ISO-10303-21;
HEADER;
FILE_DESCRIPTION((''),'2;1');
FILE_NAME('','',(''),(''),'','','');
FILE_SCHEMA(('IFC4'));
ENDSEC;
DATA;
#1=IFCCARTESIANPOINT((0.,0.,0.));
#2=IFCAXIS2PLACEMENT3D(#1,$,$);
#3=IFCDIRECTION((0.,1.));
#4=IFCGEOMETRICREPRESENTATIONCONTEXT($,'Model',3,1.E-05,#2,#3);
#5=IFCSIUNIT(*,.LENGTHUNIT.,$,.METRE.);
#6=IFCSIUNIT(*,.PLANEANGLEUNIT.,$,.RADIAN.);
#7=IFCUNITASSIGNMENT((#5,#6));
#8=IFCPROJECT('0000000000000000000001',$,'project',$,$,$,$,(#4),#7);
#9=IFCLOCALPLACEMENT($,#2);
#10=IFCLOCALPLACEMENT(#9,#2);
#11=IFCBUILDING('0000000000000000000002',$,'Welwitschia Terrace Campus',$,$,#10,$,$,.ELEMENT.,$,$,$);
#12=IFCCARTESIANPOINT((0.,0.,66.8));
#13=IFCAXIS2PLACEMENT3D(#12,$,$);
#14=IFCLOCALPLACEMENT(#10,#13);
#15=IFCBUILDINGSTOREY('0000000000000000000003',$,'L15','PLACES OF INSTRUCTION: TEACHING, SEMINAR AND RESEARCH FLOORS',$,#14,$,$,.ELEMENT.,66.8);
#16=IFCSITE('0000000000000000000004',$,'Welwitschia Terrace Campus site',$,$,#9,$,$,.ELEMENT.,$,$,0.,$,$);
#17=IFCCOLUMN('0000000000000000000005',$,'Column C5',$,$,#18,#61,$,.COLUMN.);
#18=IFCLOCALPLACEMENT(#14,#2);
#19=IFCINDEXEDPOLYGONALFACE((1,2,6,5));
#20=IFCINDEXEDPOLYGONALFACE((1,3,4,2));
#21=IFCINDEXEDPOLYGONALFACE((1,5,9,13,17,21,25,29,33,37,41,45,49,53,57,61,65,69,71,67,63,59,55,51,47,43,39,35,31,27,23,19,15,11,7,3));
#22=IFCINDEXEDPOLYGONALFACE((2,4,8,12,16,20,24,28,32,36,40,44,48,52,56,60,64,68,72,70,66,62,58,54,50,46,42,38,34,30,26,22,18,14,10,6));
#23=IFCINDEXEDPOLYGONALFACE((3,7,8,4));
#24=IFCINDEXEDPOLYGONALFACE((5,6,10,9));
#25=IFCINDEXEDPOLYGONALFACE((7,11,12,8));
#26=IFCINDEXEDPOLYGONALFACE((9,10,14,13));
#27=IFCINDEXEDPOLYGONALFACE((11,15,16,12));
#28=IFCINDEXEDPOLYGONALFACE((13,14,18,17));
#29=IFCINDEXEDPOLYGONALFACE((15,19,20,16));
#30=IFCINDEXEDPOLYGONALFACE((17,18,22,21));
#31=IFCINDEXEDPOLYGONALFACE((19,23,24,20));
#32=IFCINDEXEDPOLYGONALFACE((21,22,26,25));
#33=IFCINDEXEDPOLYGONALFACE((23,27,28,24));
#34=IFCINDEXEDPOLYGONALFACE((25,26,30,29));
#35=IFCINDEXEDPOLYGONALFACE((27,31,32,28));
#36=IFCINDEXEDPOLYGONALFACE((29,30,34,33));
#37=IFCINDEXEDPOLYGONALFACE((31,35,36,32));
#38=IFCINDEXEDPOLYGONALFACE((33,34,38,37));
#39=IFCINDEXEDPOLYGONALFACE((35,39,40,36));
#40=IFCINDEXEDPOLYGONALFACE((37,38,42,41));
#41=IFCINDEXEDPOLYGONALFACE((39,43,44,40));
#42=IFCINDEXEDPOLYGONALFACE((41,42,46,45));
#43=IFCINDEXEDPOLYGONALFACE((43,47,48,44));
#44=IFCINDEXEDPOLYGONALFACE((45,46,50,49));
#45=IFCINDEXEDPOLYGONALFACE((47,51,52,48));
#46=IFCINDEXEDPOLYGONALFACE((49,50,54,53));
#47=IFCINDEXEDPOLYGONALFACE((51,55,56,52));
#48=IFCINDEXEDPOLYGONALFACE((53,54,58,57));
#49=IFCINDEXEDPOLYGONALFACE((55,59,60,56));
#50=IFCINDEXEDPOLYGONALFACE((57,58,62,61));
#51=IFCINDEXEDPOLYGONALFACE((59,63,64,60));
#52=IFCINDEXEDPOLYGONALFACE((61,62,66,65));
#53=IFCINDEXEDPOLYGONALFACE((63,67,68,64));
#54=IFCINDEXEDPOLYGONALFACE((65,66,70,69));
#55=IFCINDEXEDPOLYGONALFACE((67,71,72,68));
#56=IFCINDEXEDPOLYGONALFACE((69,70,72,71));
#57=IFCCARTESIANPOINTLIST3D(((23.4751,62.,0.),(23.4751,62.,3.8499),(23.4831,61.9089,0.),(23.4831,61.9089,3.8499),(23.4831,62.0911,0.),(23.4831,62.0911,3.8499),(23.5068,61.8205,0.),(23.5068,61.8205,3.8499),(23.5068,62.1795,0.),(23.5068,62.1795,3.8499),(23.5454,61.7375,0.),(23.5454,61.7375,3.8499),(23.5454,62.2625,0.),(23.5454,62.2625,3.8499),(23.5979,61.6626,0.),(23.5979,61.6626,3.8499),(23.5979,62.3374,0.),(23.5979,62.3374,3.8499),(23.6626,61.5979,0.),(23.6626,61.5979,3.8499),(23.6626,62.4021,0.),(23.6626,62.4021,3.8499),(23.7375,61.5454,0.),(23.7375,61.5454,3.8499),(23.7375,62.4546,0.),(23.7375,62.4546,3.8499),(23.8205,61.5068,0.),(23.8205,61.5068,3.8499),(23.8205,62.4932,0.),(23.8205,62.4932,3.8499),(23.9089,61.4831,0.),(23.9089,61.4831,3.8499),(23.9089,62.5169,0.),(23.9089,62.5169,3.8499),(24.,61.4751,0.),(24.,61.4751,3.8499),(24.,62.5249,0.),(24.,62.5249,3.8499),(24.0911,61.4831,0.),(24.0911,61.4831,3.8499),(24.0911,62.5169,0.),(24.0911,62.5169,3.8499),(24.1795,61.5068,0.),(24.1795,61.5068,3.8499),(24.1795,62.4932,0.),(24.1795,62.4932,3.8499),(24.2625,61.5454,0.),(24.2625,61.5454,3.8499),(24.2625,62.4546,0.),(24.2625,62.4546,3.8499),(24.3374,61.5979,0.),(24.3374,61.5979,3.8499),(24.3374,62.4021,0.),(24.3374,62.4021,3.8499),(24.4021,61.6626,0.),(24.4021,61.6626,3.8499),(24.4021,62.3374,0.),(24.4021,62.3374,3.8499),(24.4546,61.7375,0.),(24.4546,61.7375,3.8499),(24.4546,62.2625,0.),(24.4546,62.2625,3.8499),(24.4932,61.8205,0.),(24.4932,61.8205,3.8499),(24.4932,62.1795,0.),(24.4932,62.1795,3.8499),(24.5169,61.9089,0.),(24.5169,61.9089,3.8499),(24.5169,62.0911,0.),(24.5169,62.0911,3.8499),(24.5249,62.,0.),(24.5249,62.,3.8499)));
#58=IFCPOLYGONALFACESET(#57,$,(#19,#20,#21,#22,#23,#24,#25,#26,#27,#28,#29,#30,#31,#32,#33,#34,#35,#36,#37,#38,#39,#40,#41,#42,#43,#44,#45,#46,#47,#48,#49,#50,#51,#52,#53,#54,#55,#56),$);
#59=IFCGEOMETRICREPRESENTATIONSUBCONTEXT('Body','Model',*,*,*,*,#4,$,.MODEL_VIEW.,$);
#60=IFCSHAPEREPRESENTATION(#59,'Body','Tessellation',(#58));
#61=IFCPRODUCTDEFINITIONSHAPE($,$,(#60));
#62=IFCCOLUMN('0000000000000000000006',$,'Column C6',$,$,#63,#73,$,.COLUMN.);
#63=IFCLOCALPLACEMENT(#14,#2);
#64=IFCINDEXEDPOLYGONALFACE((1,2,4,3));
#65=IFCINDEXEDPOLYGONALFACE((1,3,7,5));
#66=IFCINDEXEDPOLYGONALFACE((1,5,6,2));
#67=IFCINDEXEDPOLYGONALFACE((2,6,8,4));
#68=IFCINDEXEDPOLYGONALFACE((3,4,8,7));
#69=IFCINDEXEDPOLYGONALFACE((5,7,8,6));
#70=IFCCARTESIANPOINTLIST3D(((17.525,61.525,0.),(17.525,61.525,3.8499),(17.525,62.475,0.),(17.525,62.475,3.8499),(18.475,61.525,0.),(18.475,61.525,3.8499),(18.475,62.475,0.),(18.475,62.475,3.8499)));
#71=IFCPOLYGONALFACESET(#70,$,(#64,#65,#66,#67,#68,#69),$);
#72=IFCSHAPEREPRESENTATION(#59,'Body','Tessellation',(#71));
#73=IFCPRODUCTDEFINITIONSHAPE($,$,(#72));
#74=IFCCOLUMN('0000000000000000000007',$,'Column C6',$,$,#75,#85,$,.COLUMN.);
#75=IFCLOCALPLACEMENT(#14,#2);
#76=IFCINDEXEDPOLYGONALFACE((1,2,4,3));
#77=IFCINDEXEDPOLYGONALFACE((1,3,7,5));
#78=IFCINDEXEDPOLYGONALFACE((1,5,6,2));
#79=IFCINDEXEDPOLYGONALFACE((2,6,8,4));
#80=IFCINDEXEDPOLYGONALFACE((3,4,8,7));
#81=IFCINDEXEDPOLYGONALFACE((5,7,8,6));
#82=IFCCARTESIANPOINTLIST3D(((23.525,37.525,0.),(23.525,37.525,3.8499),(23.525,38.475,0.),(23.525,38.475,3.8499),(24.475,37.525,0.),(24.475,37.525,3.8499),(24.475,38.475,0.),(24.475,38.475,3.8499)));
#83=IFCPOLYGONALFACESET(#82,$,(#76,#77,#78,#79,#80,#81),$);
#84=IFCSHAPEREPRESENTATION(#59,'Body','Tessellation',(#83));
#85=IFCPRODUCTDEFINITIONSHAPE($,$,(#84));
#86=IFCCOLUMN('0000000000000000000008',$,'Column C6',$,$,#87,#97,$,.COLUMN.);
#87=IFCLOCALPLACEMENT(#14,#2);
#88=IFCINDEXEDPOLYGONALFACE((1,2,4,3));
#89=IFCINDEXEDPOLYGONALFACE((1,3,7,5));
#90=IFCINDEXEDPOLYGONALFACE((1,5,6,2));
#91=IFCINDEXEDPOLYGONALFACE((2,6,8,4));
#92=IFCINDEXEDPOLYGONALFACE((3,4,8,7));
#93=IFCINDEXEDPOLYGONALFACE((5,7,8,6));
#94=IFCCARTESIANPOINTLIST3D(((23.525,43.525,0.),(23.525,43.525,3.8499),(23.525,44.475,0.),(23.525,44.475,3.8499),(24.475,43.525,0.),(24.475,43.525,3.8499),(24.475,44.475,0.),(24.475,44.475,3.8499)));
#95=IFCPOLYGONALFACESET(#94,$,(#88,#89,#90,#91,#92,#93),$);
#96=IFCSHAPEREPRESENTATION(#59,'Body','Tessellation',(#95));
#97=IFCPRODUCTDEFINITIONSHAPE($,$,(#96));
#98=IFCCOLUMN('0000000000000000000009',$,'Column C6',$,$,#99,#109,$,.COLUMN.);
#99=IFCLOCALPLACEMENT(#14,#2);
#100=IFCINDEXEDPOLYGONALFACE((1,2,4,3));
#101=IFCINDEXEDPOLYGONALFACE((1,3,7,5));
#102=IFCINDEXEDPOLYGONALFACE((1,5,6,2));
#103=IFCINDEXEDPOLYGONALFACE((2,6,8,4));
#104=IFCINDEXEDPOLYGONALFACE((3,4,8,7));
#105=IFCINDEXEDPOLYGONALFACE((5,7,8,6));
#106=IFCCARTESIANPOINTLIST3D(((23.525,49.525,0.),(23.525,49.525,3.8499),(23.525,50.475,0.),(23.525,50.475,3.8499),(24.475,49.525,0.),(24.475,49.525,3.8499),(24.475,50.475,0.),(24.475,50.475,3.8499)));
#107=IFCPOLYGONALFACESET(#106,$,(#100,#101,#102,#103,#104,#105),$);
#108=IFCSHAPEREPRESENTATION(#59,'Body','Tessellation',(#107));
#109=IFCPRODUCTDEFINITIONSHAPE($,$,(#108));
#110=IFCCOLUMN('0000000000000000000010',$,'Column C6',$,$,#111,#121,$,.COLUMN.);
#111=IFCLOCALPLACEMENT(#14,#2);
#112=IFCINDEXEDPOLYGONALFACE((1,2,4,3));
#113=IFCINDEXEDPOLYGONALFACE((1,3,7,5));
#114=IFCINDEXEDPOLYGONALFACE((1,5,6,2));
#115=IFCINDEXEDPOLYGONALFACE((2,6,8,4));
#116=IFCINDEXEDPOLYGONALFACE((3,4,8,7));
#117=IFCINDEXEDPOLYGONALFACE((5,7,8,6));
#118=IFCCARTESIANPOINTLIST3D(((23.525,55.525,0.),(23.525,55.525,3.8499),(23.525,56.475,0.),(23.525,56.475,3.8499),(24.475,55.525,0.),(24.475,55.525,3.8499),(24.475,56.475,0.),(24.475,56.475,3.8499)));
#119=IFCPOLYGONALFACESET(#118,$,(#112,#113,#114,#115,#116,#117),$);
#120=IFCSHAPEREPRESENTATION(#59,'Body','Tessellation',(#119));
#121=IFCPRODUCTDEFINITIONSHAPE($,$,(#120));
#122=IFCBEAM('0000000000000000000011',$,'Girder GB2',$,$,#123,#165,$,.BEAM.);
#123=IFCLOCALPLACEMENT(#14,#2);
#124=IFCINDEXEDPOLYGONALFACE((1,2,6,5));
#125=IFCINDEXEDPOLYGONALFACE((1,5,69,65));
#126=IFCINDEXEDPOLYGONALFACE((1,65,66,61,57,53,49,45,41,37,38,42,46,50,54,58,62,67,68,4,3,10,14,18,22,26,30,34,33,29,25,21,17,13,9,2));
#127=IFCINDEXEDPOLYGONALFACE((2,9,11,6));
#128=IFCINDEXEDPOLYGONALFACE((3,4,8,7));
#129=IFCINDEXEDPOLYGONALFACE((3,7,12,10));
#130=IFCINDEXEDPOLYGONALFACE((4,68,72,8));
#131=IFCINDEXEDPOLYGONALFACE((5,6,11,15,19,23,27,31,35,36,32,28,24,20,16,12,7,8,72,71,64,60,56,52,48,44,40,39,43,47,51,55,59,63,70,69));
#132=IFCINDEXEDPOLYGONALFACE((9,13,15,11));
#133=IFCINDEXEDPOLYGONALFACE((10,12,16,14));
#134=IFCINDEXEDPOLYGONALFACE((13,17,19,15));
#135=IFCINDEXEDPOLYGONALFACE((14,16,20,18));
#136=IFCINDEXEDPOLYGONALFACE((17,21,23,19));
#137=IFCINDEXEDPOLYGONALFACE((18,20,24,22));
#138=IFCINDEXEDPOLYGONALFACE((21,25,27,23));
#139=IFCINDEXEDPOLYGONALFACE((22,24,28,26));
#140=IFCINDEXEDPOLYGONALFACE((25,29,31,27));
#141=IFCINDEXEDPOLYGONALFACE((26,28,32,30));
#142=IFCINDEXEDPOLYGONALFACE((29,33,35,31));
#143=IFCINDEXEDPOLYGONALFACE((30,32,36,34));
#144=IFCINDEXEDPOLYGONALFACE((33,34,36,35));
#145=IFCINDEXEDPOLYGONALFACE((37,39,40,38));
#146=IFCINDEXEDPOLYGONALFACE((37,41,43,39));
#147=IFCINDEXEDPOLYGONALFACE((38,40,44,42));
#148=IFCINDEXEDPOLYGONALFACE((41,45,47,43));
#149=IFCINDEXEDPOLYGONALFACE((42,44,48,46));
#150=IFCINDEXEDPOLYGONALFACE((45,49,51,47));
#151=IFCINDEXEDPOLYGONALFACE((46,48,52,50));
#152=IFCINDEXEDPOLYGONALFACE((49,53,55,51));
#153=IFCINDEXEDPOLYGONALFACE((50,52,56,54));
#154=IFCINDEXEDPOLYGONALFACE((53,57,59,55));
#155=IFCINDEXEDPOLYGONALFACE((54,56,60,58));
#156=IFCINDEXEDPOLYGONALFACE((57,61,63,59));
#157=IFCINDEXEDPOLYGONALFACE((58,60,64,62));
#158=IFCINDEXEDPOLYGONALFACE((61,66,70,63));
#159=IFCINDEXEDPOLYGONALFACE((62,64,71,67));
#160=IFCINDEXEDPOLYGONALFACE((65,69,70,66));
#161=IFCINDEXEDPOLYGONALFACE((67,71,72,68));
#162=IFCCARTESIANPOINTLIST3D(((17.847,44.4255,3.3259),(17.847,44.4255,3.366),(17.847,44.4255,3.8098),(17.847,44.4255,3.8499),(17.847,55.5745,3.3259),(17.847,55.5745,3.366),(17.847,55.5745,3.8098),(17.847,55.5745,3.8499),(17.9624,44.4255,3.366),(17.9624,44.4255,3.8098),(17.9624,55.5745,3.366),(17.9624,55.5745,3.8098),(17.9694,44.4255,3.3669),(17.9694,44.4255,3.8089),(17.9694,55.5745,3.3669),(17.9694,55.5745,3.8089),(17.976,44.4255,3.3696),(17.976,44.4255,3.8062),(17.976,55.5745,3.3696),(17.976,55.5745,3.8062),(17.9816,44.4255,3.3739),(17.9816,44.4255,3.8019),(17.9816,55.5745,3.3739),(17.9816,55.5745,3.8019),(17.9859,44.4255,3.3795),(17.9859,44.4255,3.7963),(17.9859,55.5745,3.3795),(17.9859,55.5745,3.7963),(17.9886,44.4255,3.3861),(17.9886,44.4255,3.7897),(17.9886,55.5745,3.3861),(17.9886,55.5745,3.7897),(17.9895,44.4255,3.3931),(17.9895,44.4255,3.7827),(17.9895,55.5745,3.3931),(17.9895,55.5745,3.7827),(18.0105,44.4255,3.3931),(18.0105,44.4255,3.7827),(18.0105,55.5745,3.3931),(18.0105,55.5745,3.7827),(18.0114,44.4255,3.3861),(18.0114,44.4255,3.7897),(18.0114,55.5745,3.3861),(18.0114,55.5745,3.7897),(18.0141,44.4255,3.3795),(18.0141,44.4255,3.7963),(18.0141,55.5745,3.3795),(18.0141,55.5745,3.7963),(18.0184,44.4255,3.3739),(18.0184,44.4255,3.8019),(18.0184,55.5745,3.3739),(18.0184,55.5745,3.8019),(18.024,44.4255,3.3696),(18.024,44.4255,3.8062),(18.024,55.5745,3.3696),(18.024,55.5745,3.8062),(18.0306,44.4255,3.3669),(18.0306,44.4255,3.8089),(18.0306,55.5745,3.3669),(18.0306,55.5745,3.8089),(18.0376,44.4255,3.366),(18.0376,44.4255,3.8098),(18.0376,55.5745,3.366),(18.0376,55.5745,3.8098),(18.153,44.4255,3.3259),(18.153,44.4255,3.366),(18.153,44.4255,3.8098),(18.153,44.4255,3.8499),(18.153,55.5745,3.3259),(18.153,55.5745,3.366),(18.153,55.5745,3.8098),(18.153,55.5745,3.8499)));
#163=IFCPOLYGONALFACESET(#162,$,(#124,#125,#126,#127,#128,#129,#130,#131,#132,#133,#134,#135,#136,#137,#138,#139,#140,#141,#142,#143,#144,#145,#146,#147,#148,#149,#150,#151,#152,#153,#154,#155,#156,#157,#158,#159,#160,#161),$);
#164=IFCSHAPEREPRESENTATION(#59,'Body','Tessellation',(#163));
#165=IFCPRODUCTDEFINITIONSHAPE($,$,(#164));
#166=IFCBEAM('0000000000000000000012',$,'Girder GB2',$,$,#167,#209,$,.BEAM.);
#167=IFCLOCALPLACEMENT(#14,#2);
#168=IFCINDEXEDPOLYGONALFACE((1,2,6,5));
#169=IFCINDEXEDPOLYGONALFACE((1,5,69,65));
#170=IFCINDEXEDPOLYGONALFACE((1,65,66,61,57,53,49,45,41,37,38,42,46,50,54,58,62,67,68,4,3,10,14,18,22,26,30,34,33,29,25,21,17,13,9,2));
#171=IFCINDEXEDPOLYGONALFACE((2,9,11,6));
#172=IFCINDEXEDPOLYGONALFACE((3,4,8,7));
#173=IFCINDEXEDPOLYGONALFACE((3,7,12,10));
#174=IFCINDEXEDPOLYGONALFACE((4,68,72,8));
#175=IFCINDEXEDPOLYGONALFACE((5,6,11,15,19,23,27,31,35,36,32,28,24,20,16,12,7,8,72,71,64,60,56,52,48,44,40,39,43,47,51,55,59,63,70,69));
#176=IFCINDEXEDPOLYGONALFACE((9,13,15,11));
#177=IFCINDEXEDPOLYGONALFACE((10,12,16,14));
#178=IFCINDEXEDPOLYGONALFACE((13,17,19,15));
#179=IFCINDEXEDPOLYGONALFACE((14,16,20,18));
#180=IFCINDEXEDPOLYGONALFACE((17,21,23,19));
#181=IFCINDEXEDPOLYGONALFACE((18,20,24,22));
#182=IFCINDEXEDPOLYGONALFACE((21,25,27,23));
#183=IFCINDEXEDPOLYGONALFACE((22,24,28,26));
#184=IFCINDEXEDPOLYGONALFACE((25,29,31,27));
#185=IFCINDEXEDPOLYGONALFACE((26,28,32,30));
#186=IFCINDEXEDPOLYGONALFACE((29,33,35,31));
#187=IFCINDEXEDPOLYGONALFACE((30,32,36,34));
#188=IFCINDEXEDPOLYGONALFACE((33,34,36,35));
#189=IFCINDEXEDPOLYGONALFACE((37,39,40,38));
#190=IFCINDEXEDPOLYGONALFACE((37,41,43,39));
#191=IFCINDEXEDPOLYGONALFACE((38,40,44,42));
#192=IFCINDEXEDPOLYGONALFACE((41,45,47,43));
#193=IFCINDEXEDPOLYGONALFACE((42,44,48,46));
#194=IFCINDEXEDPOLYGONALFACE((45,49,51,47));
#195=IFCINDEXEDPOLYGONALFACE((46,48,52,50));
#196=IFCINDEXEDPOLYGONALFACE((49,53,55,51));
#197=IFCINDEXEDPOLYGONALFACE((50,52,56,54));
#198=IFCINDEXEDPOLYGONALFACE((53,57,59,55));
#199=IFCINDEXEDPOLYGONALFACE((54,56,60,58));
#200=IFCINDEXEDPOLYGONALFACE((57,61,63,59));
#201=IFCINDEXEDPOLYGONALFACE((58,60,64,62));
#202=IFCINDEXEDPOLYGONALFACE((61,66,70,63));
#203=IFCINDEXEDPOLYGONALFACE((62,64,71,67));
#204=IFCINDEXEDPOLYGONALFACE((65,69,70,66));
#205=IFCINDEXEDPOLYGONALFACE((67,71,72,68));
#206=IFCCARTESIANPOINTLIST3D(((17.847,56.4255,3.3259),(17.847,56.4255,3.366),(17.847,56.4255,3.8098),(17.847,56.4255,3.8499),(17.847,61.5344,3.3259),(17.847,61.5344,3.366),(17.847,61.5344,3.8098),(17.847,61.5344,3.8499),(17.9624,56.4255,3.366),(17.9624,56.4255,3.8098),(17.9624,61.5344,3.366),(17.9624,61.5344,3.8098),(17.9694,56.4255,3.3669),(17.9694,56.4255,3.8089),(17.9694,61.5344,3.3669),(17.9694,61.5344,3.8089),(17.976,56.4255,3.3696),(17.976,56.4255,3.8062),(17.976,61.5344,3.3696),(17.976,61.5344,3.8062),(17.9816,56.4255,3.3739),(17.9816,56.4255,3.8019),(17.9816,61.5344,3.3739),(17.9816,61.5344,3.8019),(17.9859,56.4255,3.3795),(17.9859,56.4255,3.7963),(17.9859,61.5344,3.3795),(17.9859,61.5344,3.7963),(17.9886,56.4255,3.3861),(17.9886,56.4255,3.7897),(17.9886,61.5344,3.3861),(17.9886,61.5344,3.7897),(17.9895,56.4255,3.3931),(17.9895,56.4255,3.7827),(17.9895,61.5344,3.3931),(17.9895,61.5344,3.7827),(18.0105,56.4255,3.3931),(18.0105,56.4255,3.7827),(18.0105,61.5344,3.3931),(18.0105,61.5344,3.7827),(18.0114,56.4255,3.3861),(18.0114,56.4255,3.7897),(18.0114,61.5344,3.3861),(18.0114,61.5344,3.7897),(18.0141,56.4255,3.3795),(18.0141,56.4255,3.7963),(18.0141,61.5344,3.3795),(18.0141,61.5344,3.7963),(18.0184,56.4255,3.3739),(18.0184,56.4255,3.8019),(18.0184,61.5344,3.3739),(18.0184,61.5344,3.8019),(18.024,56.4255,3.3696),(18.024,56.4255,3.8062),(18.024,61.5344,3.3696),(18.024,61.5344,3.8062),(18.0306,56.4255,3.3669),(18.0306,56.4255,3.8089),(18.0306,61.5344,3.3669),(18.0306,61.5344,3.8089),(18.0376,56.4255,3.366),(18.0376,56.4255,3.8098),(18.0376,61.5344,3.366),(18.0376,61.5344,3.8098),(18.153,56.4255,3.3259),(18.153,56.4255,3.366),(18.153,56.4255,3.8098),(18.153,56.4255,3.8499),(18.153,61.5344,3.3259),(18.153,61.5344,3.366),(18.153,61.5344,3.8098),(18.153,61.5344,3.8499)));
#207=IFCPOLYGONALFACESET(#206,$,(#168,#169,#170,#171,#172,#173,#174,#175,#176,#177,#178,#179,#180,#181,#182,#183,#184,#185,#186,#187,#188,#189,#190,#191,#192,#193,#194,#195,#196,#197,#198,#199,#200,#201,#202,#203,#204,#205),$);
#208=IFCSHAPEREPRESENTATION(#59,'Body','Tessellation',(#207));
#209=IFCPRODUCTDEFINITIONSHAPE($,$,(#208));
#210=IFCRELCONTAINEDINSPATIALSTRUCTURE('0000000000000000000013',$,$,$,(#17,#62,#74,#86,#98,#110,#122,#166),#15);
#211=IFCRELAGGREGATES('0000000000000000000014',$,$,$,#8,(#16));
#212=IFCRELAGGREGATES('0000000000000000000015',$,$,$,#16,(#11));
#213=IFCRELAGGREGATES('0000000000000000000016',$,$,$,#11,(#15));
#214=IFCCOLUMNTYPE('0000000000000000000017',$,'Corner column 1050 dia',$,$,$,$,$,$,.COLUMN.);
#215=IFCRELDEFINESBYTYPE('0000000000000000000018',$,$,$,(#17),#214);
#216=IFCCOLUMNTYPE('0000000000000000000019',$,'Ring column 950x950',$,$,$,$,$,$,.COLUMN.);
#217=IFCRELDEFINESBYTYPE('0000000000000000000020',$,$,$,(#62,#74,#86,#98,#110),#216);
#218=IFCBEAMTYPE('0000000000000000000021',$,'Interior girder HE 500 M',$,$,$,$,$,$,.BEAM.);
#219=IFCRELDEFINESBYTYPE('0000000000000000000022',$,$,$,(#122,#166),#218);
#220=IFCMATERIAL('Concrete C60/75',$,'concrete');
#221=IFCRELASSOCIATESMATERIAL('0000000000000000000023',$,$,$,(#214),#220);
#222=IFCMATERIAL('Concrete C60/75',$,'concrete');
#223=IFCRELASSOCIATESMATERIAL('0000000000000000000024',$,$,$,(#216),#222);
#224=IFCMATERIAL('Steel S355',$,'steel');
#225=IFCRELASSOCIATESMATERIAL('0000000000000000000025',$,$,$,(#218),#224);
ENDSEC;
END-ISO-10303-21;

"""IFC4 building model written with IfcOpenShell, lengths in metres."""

from ifc_helpers import new_model, si_unit, direction, frame, origin, origin_2d, place, context, subcontext, project, spatial, rectangle, circle, i_section, extrude, material, material_profile, profile_set, type_object, element, save


model = new_model("IFC4")

# Units and contexts
model_context = context("Model", 3, precision=1e-05, world=origin(), true_north=direction((0.0, 1.0)))
body_context = subcontext(model_context, "Body", "Model", "MODEL_VIEW")
ifc_project = project(units=[si_unit("LENGTHUNIT", "METRE"), si_unit("PLANEANGLEUNIT", "RADIAN")], contexts=[model_context])

# Site, building, storey
site_placement = place(None, origin())
site = spatial("IfcSite", under=ifc_project, at=site_placement, Name="Welwitschia Terrace Campus site", CompositionType="ELEMENT", RefElevation=0.0)
building_placement = place(site_placement, origin())
building = spatial("IfcBuilding", under=site, at=building_placement, Name="Welwitschia Terrace Campus", CompositionType="ELEMENT")
storey_placement = place(building_placement, frame((0.0, 0.0, 66.8)))
storey = spatial("IfcBuildingStorey", under=building, at=storey_placement, Name="L15", Description="PLACES OF INSTRUCTION: TEACHING, SEMINAR AND RESEARCH FLOORS", CompositionType="ELEMENT", Elevation=66.8)

# Columns
ifc_material_1 = material(Name="Concrete C60/75", Category="concrete")
ifc_material_profile_1 = material_profile(ifc_material_1, circle(Radius=0.5249, at=origin_2d()))
ifc_profile_set_1 = profile_set([ifc_material_profile_1], Name="Concrete C60/75")
column_type_1 = type_object("IfcColumnType", Name="Corner column 1050 dia", PredefinedType="COLUMN", material=ifc_profile_set_1)
column_placement = place(storey_placement, frame((24.0, 62.0, 0.0), z_axis=(0.0, 0.0, 1.0), x_axis=(1.0, 0.0, 0.0)))
element("IfcColumn", 1, at=column_placement, inside=storey, type_object=column_type_1, Name="Column C5", PredefinedType="COLUMN", context=body_context, shape_type="SweptSolid", body=[
    extrude(circle(Radius=0.5249, at=origin_2d()), origin(), (0.0, 0.0, 1.0), 3.8499),
])
ifc_material_2 = material(Name="Concrete C60/75", Category="concrete")
ifc_material_profile_2 = material_profile(ifc_material_2, rectangle(XDim=0.95, YDim=0.95, at=origin_2d()))
ifc_profile_set_2 = profile_set([ifc_material_profile_2], Name="Concrete C60/75")
column_type_2 = type_object("IfcColumnType", Name="Ring column 950x950", PredefinedType="COLUMN", material=ifc_profile_set_2)
for number, where, z_axis, x_axis, name in (
    (2, (18.0, 62.0, 0.0), (0.0, 0.0, 1.0), (1.0, 0.0, 0.0), "Column C6"),
    (3, (24.0, 38.0, 0.0), (0.0, 0.0, 1.0), (1.0, 0.0, 0.0), "Column C6"),
    (4, (24.0, 44.0, 0.0), (0.0, 0.0, 1.0), (1.0, 0.0, 0.0), "Column C6"),
    (5, (24.0, 50.0, 0.0), (0.0, 0.0, 1.0), (1.0, 0.0, 0.0), "Column C6"),
    (6, (24.0, 56.0, 0.0), (0.0, 0.0, 1.0), (1.0, 0.0, 0.0), "Column C6"),
):
    element("IfcColumn", number, at=place(storey_placement, frame(where, z_axis=z_axis, x_axis=x_axis)), inside=storey, type_object=column_type_2, Name=name, PredefinedType="COLUMN", context=body_context, shape_type="SweptSolid", body=[
        extrude(rectangle(XDim=0.95, YDim=0.95, at=origin_2d()), origin(), (0.0, 0.0, 1.0), 3.8499),
    ])

# Beams
ifc_material_3 = material(Name="Steel S355", Category="steel")
ifc_material_profile_3 = material_profile(ifc_material_3, i_section(OverallWidth=0.3059, OverallDepth=0.5239, WebThickness=0.021, FlangeThickness=0.04, FilletRadius=0.0271, at=origin_2d()))
ifc_profile_set_3 = profile_set([ifc_material_profile_3], Name="Steel S355")
beam_type_1 = type_object("IfcBeamType", Name="Interior girder HE 500 M", PredefinedType="BEAM", material=ifc_profile_set_3)
beam_1_placement = place(storey_placement, frame((18.0, 44.4255, 3.5879), z_axis=(0.0, 1.0, 0.0), x_axis=(-1.0, 0.0, 0.0)))
element("IfcBeam", 7, at=beam_1_placement, inside=storey, type_object=beam_type_1, Name="Girder GB2", PredefinedType="BEAM", context=body_context, shape_type="SweptSolid", body=[
    extrude(i_section(OverallWidth=0.3059, OverallDepth=0.5239, WebThickness=0.021, FlangeThickness=0.04, FilletRadius=0.0271, at=origin_2d()), origin(), (0.0, 0.0, 1.0), 11.1489),
])
beam_2_placement = place(storey_placement, frame((18.0, 56.4255, 3.5879), z_axis=(0.0, 1.0, 0.0), x_axis=(-1.0, 0.0, 0.0)))
element("IfcBeam", 8, at=beam_2_placement, inside=storey, type_object=beam_type_1, Name="Girder GB2", PredefinedType="BEAM", context=body_context, shape_type="SweptSolid", body=[
    extrude(i_section(OverallWidth=0.3059, OverallDepth=0.5239, WebThickness=0.021, FlangeThickness=0.04, FilletRadius=0.0271, at=origin_2d()), origin(), (0.0, 0.0, 1.0), 5.1089),
])

save(model, "model.ifc")
